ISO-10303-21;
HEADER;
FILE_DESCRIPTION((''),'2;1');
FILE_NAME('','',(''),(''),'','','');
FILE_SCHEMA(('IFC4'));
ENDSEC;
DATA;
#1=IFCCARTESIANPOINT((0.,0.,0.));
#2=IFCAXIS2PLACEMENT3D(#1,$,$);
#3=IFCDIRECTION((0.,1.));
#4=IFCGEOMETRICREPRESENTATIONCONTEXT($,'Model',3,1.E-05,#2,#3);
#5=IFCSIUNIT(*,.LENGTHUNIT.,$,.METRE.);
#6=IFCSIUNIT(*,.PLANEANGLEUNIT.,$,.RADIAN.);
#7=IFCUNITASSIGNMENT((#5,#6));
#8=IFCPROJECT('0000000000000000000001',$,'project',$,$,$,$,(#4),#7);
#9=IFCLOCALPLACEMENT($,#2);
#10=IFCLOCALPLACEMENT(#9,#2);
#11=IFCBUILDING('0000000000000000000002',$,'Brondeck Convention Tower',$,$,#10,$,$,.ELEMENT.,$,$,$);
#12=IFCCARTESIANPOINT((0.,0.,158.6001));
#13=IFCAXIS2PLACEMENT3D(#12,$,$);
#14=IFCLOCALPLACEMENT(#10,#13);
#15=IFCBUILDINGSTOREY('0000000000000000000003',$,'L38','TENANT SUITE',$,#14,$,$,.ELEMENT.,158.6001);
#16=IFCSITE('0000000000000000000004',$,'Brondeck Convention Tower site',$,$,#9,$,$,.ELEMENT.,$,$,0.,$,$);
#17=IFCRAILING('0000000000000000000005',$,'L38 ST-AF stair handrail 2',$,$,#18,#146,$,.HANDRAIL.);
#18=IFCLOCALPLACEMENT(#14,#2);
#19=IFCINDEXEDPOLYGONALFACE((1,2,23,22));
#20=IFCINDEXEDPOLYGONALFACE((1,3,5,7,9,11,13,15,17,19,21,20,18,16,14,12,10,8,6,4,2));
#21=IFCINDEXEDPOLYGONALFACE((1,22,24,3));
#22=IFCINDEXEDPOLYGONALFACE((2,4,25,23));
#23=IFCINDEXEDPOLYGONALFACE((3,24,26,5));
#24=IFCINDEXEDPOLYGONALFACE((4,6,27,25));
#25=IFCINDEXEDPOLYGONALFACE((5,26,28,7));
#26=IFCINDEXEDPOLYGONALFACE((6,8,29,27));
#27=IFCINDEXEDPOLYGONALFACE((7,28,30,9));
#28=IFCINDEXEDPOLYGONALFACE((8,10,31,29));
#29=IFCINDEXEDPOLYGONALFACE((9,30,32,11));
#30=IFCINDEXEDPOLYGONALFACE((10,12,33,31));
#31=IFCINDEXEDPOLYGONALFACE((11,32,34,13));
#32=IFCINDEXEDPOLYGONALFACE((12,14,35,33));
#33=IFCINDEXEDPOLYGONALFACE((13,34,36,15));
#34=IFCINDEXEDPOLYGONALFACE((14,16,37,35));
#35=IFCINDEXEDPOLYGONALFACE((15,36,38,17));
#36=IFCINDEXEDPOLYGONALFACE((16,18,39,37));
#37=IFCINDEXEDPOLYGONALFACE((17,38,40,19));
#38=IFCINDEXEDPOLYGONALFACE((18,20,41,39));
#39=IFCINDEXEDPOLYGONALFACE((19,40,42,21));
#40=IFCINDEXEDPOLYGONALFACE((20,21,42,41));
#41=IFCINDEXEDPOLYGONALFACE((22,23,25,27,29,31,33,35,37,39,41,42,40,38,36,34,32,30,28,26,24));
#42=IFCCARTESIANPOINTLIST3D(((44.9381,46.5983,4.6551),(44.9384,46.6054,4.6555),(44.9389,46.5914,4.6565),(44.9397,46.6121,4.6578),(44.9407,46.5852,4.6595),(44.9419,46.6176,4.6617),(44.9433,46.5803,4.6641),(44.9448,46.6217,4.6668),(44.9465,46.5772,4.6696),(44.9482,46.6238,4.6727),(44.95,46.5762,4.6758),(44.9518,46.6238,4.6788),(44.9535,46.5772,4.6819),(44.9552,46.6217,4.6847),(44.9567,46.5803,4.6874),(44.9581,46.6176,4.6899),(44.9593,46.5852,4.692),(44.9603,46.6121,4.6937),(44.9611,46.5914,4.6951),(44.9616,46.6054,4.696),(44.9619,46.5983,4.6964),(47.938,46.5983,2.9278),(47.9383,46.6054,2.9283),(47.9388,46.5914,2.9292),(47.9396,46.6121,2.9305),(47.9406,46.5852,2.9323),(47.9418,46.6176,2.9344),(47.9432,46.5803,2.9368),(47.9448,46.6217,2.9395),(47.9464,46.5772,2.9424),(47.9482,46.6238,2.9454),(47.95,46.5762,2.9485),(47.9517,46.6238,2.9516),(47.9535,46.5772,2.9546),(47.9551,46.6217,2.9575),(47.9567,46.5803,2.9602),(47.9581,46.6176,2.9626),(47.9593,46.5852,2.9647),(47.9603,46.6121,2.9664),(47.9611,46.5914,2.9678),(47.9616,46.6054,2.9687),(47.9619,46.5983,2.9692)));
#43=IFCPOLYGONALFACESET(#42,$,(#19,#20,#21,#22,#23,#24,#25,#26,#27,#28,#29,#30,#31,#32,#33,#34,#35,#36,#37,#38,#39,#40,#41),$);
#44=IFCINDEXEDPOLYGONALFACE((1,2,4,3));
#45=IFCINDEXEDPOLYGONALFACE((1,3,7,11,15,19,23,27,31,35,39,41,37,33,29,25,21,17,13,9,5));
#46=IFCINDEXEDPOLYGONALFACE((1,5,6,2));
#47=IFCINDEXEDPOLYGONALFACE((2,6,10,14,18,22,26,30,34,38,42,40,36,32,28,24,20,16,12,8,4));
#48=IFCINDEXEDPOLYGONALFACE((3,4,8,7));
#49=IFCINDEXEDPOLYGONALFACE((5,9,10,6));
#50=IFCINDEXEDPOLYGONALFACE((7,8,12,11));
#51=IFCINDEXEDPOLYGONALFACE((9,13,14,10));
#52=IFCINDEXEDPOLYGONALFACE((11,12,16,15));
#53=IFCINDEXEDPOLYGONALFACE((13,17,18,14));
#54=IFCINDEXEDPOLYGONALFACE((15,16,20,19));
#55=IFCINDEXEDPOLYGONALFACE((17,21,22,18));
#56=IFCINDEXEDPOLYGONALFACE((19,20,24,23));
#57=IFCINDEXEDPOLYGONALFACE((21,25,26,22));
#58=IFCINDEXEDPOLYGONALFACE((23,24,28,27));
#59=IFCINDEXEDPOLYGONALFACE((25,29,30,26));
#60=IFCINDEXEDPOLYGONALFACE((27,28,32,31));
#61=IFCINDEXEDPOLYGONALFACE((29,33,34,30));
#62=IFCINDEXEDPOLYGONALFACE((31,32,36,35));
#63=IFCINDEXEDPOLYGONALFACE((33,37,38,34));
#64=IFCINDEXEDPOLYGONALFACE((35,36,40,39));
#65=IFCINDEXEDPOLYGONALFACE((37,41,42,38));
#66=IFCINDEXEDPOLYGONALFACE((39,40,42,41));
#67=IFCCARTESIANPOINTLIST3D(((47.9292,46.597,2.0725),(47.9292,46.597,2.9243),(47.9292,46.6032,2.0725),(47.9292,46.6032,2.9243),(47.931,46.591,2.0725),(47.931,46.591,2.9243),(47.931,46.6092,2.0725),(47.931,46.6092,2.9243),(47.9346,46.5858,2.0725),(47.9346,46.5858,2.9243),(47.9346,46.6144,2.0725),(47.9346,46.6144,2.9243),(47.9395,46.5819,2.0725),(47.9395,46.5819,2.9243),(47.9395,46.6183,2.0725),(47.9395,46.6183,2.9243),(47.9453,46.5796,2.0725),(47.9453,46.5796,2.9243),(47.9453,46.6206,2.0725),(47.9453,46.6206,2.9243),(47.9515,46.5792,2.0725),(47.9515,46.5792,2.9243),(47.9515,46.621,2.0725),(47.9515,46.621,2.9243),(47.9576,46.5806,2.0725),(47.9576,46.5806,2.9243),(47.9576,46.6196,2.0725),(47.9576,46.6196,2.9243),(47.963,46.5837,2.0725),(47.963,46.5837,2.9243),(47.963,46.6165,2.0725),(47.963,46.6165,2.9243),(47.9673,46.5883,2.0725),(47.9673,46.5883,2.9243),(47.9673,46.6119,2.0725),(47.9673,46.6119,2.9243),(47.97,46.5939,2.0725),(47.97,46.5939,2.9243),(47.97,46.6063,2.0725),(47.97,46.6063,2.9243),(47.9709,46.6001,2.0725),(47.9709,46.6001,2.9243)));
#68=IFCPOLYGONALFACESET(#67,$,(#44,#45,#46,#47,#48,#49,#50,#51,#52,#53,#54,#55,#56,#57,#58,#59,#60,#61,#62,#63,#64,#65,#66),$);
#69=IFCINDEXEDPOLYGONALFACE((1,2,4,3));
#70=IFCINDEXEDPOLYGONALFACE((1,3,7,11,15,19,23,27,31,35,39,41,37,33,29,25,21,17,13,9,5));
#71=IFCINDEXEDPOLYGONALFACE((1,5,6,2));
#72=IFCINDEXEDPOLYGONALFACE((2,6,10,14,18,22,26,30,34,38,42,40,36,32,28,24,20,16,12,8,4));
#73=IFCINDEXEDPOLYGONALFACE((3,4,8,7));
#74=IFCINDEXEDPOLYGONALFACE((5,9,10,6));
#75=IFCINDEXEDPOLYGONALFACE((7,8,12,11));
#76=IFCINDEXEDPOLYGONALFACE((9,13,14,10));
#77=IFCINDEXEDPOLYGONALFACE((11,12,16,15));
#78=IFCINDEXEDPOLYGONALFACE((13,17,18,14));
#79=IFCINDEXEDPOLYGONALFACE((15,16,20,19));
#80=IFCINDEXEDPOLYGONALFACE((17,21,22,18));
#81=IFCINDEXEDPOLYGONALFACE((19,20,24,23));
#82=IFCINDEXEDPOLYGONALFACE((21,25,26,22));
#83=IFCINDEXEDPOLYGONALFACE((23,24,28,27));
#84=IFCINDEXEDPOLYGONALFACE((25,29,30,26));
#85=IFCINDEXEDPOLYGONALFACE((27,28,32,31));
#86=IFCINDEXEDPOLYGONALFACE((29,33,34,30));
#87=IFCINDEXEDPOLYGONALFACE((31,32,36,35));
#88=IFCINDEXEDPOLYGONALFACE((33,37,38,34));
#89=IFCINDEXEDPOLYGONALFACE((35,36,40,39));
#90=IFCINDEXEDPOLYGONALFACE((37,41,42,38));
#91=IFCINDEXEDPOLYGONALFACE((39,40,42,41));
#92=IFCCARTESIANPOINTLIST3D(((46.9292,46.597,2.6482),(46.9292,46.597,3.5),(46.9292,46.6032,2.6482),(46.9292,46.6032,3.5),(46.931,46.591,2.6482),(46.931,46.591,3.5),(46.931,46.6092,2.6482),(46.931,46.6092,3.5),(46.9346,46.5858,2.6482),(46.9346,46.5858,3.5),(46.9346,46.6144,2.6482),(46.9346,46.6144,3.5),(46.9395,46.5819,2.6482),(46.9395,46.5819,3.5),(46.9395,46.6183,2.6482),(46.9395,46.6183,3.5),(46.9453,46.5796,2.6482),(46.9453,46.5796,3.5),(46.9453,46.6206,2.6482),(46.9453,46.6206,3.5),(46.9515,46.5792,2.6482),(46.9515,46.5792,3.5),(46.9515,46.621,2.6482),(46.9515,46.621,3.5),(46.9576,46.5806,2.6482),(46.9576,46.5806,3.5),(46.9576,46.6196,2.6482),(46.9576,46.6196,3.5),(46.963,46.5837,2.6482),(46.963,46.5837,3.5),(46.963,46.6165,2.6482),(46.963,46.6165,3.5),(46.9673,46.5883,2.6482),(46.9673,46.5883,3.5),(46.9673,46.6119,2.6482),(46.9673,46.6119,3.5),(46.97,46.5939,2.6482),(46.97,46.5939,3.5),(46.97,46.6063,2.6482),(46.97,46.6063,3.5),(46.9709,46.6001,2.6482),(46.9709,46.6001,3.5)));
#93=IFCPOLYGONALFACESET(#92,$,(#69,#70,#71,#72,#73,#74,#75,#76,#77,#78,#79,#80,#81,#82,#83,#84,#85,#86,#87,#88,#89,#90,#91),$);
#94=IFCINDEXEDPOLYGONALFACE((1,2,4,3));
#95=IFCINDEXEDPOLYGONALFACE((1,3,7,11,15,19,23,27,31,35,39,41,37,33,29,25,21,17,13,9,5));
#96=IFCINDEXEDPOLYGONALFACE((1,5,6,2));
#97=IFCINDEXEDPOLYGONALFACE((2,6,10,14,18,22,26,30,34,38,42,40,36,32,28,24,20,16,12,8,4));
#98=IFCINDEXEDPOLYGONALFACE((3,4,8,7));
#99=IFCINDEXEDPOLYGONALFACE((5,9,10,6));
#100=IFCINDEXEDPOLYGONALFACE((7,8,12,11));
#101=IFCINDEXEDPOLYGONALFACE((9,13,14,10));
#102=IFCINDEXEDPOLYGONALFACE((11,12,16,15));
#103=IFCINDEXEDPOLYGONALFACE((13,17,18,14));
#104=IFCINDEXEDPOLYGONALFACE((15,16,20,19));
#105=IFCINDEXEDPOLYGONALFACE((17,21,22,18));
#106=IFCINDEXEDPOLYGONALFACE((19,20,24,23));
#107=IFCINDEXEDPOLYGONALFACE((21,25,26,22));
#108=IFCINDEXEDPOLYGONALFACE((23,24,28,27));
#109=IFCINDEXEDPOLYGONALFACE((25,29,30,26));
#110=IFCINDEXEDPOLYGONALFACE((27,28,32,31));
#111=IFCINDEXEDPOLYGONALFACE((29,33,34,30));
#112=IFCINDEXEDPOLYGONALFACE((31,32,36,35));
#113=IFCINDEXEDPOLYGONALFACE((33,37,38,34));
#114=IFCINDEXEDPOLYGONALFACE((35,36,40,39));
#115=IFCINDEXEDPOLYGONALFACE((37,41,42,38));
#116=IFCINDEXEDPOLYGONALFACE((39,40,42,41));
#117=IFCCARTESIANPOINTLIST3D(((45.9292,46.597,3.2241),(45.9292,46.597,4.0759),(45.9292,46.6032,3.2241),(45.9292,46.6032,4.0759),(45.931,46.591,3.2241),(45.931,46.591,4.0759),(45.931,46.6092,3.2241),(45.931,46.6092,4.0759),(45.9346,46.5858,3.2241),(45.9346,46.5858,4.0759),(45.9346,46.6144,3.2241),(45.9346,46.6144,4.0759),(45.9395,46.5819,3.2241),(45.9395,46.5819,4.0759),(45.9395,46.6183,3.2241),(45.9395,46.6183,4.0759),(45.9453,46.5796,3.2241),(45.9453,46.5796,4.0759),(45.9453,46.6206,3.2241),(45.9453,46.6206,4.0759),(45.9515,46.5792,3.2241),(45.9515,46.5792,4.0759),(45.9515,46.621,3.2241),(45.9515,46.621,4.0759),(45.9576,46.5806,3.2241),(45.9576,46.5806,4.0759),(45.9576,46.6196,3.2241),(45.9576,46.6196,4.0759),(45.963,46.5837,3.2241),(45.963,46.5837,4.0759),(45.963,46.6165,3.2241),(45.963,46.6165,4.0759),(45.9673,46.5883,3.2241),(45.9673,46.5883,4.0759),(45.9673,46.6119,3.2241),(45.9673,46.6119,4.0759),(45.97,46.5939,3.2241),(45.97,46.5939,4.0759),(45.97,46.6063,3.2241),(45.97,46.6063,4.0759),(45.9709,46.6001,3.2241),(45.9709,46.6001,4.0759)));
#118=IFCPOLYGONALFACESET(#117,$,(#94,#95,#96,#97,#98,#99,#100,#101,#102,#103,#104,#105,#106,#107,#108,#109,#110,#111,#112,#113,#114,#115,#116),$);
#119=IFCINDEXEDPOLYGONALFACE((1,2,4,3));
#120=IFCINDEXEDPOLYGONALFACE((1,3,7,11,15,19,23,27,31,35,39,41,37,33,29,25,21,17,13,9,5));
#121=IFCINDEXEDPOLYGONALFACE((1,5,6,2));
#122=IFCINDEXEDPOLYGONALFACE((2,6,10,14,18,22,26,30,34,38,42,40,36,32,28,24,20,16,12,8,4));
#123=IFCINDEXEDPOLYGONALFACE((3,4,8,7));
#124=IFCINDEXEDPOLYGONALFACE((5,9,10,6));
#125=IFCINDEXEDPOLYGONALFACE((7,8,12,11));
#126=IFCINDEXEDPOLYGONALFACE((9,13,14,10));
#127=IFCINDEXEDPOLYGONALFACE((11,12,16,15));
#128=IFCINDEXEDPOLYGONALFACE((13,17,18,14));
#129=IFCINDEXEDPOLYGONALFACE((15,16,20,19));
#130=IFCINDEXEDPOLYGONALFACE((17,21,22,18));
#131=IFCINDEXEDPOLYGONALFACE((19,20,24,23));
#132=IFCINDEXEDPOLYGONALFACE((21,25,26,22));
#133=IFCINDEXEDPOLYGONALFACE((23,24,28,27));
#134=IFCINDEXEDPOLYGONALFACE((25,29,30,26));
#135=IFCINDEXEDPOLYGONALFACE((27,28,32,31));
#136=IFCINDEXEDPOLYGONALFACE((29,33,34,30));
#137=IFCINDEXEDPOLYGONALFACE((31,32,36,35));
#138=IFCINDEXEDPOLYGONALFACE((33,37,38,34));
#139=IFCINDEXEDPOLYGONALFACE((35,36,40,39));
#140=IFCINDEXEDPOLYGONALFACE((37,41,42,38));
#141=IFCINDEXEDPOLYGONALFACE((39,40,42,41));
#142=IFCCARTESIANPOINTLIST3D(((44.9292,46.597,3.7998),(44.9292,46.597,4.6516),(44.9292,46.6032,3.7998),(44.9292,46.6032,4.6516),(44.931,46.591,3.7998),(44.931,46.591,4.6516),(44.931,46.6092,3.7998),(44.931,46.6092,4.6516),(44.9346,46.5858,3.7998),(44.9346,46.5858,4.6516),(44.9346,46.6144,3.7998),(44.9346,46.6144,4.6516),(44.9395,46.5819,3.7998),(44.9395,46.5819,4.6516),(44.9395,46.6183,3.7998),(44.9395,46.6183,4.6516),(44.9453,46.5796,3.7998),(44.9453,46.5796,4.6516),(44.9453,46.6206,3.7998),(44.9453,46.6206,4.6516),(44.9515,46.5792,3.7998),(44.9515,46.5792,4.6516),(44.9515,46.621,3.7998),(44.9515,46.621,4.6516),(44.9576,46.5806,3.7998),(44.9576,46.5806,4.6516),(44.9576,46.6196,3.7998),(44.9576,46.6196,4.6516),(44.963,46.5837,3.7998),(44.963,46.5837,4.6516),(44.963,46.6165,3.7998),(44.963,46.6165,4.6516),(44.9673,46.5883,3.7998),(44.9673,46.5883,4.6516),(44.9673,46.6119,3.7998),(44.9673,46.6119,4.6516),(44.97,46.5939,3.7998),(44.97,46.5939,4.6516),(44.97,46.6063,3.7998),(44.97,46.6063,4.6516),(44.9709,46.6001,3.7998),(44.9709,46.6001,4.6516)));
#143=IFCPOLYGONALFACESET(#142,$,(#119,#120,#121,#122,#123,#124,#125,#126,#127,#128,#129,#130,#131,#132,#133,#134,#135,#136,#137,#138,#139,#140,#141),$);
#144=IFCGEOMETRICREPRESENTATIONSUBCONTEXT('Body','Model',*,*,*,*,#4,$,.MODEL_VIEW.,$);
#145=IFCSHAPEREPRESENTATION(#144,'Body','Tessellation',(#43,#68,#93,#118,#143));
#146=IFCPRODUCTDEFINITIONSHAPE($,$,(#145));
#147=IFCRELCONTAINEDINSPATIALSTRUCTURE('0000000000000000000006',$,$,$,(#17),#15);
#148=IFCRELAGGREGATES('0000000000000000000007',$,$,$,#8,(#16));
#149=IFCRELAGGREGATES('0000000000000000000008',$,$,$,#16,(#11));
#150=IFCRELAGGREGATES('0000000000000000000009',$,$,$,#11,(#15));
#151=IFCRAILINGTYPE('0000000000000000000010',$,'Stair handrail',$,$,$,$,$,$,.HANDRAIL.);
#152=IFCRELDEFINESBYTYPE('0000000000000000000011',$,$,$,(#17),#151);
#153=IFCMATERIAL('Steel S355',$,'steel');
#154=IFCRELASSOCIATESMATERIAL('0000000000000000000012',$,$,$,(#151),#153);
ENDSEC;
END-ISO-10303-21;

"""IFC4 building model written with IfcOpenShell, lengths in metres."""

from ifc_helpers import new_model, si_unit, direction, frame, origin, origin_2d, place, context, subcontext, project, spatial, circle, extrude, material, type_object, element, save


model = new_model("IFC4")

# Units and contexts
model_context = context("Model", 3, precision=1e-05, world=origin(), true_north=direction((0.0, 1.0)))
body_context = subcontext(model_context, "Body", "Model", "MODEL_VIEW")
ifc_project = project(units=[si_unit("LENGTHUNIT", "METRE"), si_unit("PLANEANGLEUNIT", "RADIAN")], contexts=[model_context])

# Site, building, storey
site_placement = place(None, origin())
site = spatial("IfcSite", under=ifc_project, at=site_placement, Name="Brondeck Convention Tower site", CompositionType="ELEMENT", RefElevation=0.0)
building_placement = place(site_placement, origin())
building = spatial("IfcBuilding", under=site, at=building_placement, Name="Brondeck Convention Tower", CompositionType="ELEMENT")
storey_placement = place(building_placement, frame((0.0, 0.0, 158.6001)))
storey = spatial("IfcBuildingStorey", under=building, at=storey_placement, Name="L38", Description="TENANT SUITE", CompositionType="ELEMENT", Elevation=158.6001)

# Shared definitions
ifc_material_1 = material(Name="Steel S355", Category="steel")

# Railing
railing_type = type_object("IfcRailingType", Name="Stair handrail", PredefinedType="HANDRAIL", material=ifc_material_1)
for number, where, name in (
    (1, (47.95, 46.6001, 2.0725), "L38 ST-AF stair handrail 2"),
):
    element("IfcRailing", number, at=place(storey_placement, frame(where)), inside=storey, type_object=railing_type, Name=name, PredefinedType="HANDRAIL", context=body_context, shape_type="SweptSolid", body=[
        extrude(circle(Radius=0.0239, at=origin_2d()), frame((0.0, 0.0, 0.876), z_axis=(-0.86662, 0.0, 0.498969), x_axis=(0.0, -1.0, 0.0)), (0.0, 0.0, 1.0), 3.4617),
        extrude(circle(Radius=0.021, at=origin_2d()), origin(), (0.0, 0.0, 1.0), 0.8518),
        extrude(circle(Radius=0.021, at=origin_2d()), frame((-1.0, 0.0, 0.5757)), (0.0, 0.0, 1.0), 0.8518),
        extrude(circle(Radius=0.021, at=origin_2d()), frame((-2.0, 0.0, 1.1516)), (0.0, 0.0, 1.0), 0.8518),
        extrude(circle(Radius=0.021, at=origin_2d()), frame((-3.0, 0.0, 1.7273)), (0.0, 0.0, 1.0), 0.8518),
    ])

save(model, "model.ifc")
